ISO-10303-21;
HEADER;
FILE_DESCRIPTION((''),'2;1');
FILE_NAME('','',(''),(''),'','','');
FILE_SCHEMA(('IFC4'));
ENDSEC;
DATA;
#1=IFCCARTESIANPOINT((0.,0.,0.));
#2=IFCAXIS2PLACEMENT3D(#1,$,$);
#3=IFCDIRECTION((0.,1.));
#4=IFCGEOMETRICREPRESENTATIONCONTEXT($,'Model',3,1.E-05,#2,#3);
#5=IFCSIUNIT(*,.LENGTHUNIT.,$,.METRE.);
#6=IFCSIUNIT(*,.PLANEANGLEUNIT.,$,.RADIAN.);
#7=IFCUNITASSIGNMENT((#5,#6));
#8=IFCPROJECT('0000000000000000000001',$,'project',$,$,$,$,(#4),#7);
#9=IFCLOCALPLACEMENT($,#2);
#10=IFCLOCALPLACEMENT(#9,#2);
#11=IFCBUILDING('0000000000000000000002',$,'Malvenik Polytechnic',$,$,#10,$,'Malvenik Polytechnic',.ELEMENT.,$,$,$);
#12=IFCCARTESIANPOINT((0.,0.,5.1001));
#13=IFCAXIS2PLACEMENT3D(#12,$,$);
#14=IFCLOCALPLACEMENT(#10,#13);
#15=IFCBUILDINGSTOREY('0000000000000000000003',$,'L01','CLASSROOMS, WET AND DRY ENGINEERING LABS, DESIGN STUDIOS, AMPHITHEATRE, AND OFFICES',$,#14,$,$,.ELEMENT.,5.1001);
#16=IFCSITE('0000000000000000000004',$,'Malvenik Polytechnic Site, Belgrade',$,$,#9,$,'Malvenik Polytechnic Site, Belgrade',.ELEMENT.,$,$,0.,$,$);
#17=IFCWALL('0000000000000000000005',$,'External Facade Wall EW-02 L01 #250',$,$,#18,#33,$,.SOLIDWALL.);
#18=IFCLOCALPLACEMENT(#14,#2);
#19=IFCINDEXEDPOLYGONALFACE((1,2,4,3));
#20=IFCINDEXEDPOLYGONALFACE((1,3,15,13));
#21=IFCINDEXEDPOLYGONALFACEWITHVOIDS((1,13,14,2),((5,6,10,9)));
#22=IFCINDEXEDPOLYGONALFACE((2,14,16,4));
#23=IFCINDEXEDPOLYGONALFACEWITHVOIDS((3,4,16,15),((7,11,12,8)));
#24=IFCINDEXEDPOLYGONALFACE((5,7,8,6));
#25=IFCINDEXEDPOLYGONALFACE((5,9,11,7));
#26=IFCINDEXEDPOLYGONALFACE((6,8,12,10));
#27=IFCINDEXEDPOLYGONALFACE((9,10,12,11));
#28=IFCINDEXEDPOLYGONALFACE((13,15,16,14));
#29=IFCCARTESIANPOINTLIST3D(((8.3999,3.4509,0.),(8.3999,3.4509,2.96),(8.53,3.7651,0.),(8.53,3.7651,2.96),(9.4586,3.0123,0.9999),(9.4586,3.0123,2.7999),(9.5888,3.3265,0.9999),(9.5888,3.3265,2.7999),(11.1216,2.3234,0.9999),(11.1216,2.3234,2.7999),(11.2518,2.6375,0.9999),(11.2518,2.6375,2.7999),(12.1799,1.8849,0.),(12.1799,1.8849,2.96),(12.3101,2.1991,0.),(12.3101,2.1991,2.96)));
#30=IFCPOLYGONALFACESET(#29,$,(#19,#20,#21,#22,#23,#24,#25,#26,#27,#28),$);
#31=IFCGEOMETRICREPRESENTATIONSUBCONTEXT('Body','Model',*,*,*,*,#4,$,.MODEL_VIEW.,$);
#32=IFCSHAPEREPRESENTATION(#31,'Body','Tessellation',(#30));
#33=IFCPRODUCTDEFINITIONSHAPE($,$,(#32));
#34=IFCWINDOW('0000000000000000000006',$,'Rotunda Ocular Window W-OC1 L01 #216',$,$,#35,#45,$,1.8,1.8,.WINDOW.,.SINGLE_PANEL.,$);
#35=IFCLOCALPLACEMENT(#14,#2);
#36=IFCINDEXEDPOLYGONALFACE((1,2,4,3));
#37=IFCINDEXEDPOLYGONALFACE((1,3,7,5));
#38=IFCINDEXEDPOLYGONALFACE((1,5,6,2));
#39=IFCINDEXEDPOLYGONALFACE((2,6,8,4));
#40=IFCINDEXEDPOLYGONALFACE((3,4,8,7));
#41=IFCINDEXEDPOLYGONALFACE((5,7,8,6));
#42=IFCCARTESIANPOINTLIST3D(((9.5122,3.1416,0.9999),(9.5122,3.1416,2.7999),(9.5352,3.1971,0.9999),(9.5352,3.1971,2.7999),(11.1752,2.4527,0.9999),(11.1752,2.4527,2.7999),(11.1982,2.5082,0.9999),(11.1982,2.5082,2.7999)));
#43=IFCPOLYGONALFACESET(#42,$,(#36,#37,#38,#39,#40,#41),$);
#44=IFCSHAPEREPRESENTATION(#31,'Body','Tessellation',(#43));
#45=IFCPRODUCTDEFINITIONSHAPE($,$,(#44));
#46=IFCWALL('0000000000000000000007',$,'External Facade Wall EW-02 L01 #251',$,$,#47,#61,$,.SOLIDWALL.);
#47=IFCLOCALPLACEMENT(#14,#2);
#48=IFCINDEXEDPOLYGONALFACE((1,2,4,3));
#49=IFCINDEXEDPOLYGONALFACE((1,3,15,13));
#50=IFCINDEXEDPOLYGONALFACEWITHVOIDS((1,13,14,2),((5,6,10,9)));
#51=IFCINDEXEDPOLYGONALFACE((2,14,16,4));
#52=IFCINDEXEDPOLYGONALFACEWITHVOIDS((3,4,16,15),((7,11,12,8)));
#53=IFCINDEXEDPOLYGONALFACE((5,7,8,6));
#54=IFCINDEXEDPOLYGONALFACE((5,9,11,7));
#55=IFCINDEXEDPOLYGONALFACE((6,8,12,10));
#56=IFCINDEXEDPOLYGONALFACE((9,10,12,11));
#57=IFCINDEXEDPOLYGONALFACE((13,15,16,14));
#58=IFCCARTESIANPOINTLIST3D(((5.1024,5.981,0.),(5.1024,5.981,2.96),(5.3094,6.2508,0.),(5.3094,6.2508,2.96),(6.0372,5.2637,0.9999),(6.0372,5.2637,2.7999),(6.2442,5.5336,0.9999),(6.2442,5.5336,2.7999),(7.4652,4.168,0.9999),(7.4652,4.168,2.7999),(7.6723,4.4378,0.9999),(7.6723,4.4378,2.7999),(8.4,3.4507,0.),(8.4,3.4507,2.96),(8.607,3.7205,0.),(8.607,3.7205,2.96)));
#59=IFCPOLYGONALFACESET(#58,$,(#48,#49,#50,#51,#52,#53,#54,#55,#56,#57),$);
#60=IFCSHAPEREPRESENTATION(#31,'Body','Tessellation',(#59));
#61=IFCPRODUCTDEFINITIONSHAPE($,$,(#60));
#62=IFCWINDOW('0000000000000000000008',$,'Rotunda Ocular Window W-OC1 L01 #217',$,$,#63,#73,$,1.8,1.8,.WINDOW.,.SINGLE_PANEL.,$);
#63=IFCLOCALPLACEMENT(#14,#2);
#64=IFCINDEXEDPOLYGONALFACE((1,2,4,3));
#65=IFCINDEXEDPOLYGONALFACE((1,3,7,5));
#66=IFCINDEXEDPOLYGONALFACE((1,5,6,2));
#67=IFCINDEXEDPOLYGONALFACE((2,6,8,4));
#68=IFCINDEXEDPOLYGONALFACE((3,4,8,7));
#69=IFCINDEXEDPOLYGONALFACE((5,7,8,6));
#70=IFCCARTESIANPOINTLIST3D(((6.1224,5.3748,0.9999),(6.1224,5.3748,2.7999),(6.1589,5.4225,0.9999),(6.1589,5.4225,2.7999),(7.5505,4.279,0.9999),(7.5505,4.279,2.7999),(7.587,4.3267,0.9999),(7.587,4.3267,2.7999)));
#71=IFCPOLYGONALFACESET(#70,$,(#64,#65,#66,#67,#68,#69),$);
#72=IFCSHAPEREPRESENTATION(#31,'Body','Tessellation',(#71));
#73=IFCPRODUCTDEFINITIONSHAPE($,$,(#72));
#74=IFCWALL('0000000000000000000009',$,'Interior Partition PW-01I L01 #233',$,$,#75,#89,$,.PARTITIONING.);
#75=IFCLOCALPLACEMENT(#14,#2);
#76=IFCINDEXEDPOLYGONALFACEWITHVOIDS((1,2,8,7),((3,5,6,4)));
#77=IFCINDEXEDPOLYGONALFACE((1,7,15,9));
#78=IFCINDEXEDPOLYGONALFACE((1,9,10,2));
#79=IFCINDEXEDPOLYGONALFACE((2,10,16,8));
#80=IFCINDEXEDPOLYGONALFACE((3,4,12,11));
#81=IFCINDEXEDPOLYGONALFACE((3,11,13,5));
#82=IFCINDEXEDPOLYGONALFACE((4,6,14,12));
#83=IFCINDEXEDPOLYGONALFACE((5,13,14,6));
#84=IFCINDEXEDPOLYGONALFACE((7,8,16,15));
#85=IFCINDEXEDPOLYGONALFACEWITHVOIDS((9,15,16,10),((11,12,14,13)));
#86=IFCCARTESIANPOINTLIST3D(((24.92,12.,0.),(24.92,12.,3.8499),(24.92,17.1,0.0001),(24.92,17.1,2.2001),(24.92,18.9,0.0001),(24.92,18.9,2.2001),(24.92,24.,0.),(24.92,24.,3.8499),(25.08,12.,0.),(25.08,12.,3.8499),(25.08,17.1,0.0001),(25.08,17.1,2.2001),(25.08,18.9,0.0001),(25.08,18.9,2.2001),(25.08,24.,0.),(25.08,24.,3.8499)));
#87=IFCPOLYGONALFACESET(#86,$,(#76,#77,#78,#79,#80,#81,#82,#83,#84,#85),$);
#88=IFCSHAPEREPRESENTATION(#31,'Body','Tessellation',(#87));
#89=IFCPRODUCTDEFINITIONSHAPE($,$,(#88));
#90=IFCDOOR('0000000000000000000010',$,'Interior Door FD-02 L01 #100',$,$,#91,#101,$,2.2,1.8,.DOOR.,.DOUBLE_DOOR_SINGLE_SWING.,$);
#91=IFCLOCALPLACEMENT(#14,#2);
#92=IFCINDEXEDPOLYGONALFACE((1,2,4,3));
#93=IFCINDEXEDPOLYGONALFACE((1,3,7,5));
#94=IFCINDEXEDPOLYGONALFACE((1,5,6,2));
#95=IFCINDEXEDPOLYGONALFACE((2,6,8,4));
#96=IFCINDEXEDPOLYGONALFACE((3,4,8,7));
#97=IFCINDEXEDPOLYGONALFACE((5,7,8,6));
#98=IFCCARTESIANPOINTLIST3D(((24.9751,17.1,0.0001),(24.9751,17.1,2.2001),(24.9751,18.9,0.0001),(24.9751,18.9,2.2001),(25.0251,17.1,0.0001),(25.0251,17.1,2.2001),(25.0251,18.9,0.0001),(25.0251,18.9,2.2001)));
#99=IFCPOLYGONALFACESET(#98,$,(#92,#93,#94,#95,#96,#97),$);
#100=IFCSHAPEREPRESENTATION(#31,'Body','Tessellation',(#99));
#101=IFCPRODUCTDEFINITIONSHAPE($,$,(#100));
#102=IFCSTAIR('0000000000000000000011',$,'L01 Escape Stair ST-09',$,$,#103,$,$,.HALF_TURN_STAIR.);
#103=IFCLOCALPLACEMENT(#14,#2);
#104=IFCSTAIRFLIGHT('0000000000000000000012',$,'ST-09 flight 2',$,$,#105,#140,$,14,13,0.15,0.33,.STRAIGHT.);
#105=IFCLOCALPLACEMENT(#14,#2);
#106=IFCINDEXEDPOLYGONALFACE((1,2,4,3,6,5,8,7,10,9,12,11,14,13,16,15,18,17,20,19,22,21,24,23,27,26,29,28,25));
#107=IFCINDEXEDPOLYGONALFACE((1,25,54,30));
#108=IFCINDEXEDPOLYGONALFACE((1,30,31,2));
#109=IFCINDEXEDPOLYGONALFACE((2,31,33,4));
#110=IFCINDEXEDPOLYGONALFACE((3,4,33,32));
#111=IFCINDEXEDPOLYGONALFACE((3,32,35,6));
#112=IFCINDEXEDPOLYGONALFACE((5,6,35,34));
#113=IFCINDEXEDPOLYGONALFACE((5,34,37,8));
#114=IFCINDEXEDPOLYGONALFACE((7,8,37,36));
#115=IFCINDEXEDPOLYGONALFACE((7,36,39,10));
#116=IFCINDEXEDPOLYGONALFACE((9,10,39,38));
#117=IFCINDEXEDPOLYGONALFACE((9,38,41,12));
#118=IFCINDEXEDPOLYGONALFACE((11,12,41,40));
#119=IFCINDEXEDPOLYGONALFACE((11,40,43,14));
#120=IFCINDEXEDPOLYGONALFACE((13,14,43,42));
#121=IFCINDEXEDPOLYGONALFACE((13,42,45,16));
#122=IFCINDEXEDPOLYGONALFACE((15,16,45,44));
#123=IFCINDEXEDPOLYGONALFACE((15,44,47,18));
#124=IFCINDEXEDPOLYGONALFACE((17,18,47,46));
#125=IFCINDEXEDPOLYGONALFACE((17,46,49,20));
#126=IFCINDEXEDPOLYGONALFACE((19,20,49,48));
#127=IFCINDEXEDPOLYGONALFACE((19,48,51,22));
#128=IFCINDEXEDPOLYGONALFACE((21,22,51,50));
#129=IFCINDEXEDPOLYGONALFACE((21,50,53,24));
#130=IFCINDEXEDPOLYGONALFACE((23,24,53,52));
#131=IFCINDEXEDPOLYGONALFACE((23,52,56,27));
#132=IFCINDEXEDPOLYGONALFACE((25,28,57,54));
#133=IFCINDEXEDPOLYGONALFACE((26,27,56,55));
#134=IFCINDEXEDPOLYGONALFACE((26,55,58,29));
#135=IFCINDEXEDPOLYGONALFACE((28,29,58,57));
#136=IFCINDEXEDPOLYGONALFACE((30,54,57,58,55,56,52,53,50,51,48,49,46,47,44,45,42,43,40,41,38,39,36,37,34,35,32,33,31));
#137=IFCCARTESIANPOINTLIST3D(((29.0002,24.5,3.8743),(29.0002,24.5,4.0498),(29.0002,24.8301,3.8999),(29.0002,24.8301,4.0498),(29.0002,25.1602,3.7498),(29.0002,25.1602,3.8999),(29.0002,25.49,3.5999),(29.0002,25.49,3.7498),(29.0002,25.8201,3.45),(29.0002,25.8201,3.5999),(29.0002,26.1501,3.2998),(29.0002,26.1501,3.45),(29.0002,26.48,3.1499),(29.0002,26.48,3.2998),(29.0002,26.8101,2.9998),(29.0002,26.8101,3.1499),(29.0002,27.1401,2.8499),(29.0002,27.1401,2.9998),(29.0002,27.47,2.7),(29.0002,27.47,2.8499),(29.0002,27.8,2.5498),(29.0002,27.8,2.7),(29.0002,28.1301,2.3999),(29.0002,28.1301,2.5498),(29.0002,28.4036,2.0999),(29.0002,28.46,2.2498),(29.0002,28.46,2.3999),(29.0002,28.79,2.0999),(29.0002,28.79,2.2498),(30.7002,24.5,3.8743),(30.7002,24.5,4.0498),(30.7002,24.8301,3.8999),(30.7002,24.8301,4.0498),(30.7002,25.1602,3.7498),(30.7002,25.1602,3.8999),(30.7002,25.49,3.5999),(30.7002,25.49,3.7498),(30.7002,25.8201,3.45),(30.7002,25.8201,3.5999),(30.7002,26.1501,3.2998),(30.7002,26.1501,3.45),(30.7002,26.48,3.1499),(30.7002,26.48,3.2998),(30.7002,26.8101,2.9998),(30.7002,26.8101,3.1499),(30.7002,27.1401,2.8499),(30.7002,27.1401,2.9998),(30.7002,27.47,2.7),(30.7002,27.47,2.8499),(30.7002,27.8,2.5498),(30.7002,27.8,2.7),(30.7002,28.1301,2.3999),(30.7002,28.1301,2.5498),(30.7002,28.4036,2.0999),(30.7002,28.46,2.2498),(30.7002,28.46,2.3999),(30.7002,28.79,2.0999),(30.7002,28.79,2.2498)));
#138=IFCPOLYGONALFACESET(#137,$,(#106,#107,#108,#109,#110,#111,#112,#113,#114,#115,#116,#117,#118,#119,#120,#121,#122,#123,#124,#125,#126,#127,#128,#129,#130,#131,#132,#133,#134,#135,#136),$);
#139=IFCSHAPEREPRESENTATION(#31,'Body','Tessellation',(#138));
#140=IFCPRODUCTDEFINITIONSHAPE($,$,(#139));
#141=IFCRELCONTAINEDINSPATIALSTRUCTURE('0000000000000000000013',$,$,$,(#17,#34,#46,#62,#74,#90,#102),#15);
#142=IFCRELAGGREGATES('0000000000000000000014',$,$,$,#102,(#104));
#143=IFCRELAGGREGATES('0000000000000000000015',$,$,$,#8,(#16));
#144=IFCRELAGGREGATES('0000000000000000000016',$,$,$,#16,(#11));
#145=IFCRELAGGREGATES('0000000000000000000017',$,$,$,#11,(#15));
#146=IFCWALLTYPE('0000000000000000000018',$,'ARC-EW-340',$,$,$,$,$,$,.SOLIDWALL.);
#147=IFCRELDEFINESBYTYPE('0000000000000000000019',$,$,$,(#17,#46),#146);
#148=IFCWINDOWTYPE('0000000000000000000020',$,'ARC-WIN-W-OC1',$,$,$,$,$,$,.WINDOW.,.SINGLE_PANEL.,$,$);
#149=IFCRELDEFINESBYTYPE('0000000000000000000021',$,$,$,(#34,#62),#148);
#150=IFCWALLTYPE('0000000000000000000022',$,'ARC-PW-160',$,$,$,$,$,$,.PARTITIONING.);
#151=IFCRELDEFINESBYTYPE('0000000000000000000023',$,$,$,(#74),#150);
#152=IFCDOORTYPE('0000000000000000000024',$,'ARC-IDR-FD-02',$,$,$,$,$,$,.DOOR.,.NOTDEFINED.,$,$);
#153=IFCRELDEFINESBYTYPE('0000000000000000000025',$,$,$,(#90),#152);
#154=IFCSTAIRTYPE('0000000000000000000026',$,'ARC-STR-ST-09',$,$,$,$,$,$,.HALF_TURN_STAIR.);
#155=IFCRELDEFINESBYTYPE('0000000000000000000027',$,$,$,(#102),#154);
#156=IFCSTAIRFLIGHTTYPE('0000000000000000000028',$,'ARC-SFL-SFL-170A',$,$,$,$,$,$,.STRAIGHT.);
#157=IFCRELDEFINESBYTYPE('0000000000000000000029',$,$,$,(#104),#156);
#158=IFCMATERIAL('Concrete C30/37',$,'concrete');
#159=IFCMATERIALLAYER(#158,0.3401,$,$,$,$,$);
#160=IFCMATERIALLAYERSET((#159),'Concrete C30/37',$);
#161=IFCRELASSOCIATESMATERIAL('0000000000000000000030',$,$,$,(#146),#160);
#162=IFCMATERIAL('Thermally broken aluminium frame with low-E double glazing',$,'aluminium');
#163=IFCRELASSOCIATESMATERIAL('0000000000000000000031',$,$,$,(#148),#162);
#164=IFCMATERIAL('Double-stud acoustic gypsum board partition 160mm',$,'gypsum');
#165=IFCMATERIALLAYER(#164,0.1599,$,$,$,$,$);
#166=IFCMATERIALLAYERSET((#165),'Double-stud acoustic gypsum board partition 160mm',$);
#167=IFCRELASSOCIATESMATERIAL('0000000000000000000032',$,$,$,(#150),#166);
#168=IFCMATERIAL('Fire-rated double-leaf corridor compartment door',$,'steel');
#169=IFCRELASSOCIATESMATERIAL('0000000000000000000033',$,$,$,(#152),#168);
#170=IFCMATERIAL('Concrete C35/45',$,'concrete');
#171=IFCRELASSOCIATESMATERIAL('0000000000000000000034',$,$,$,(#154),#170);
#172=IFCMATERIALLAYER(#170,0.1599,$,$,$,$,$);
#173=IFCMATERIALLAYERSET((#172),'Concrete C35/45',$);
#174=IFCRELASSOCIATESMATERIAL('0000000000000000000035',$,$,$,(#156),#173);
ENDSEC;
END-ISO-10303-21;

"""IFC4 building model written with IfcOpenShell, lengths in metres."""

from ifc_helpers import new_model, si_unit, direction, frame, frame_2d, origin, place, context, subcontext, project, spatial, polyline, rectangle, outline, extrude, material, layer, layer_set, type_object, element, fill, aggregate, save


model = new_model("IFC4")

# Units and contexts
model_context = context("Model", 3, precision=1e-05, world=origin(), true_north=direction((0.0, 1.0)))
body_context = subcontext(model_context, "Body", "Model", "MODEL_VIEW")
ifc_project = project(units=[si_unit("LENGTHUNIT", "METRE"), si_unit("PLANEANGLEUNIT", "RADIAN")], contexts=[model_context])

# Site, building, storey
site_placement = place(None, origin())
site = spatial("IfcSite", under=ifc_project, at=site_placement, Name="Malvenik Polytechnic Site, Belgrade", LongName="Malvenik Polytechnic Site, Belgrade", CompositionType="ELEMENT", RefElevation=0.0)
building_placement = place(site_placement, origin())
building = spatial("IfcBuilding", under=site, at=building_placement, Name="Malvenik Polytechnic", LongName="Malvenik Polytechnic", CompositionType="ELEMENT")
storey_placement = place(building_placement, frame((0.0, 0.0, 5.1001)))
storey = spatial("IfcBuildingStorey", under=building, at=storey_placement, Name="L01", Description="CLASSROOMS, WET AND DRY ENGINEERING LABS, DESIGN STUDIOS, AMPHITHEATRE, AND OFFICES", CompositionType="ELEMENT", Elevation=5.1001)

# Shared definitions
ifc_material_1 = material(Name="Concrete C35/45", Category="concrete")

# Walls, openings, windows
ifc_material_2 = material(Name="Concrete C30/37", Category="concrete")
ifc_layer_1 = layer(ifc_material_2, 0.3401)
ifc_layer_set_1 = layer_set([ifc_layer_1], Name="Concrete C30/37")
wall_type_1 = type_object("IfcWallType", Name="ARC-EW-340", PredefinedType="SOLIDWALL", material=ifc_layer_set_1)
ifc_material_3 = material(Name="Thermally broken aluminium frame with low-E double glazing", Category="aluminium")
window_type = type_object("IfcWindowType", Name="ARC-WIN-W-OC1", PartitioningType="SINGLE_PANEL", PredefinedType="WINDOW", material=ifc_material_3)
wall_1_placement = place(storey_placement, frame((12.2451, 2.042, 0.0), z_axis=(0.0, 0.0, 1.0), x_axis=(-0.923864, 0.382721, 0.0)))
wall_1 = element("IfcWall", 1, at=wall_1_placement, inside=storey, type_object=wall_type_1, Name="External Facade Wall EW-02 L01 #250", PredefinedType="SOLIDWALL", context=body_context, shape_type="SweptSolid", body=[
    extrude(rectangle(XDim=4.0916, YDim=0.3401, at=frame_2d((2.0459, 0.0))), origin(), (0.0, 0.0, 1.0), 2.96),
])
opening_1_placement = place(wall_1_placement, frame((1.1458, 0.0, 1.0)))
opening_1 = element("IfcOpeningElement", 2, at=opening_1_placement, cuts=wall_1, PredefinedType="OPENING", context=body_context, shape_type="SweptSolid", body=[
    extrude(rectangle(XDim=1.8, YDim=1.8, at=frame_2d((0.8999, 0.8999))), frame((0.0, 0.1802, 0.0), z_axis=(0.0, -1.0, 0.0), x_axis=(1.0, 0.0, 0.0)), (0.0, 0.0, 1.0), 0.3601),
])
window_1_placement = place(opening_1_placement, origin())
window_1 = element("IfcWindow", 3, at=window_1_placement, inside=storey, type_object=window_type, Name="Rotunda Ocular Window W-OC1 L01 #216", OverallHeight=1.8, OverallWidth=1.8, PartitioningType="SINGLE_PANEL", PredefinedType="WINDOW", context=body_context, shape_type="SweptSolid", body=[
    extrude(rectangle(XDim=1.8, YDim=1.8, at=frame_2d((0.8999, 0.8999))), frame((0.0, 0.03, 0.0), z_axis=(0.0, -1.0, 0.0), x_axis=(1.0, 0.0, 0.0)), (0.0, 0.0, 1.0), 0.0601),
])
fill(opening_1, window_1)
wall_2_placement = place(storey_placement, frame((8.5034, 3.5857, 0.0), z_axis=(0.0, 0.0, 1.0), x_axis=(-0.793361, 0.608751, 0.0)))
wall_2 = element("IfcWall", 4, at=wall_2_placement, inside=storey, type_object=wall_type_1, Name="External Facade Wall EW-02 L01 #251", PredefinedType="SOLIDWALL", context=body_context, shape_type="SweptSolid", body=[
    extrude(rectangle(XDim=4.1565, YDim=0.3401, at=frame_2d((2.0781, 0.0))), origin(), (0.0, 0.0, 1.0), 2.96),
])
opening_2_placement = place(wall_2_placement, frame((1.1782, 0.0, 1.0)))
opening_2 = element("IfcOpeningElement", 5, at=opening_2_placement, cuts=wall_2, PredefinedType="OPENING", context=body_context, shape_type="SweptSolid", body=[
    extrude(rectangle(XDim=1.8, YDim=1.8, at=frame_2d((0.8999, 0.8999))), frame((0.0, 0.1802, 0.0), z_axis=(0.0, -1.0, 0.0), x_axis=(1.0, 0.0, 0.0)), (0.0, 0.0, 1.0), 0.3601),
])
window_2_placement = place(opening_2_placement, origin())
window_2 = element("IfcWindow", 6, at=window_2_placement, inside=storey, type_object=window_type, Name="Rotunda Ocular Window W-OC1 L01 #217", OverallHeight=1.8, OverallWidth=1.8, PartitioningType="SINGLE_PANEL", PredefinedType="WINDOW", context=body_context, shape_type="SweptSolid", body=[
    extrude(rectangle(XDim=1.8, YDim=1.8, at=frame_2d((0.8999, 0.8999))), frame((0.0, 0.03, 0.0), z_axis=(0.0, -1.0, 0.0), x_axis=(1.0, 0.0, 0.0)), (0.0, 0.0, 1.0), 0.0601),
])
fill(opening_2, window_2)

# Wall, opening, door
ifc_material_4 = material(Name="Double-stud acoustic gypsum board partition 160mm", Category="gypsum")
ifc_layer_2 = layer(ifc_material_4, 0.1599)
ifc_layer_set_2 = layer_set([ifc_layer_2], Name="Double-stud acoustic gypsum board partition 160mm")
wall_type_2 = type_object("IfcWallType", Name="ARC-PW-160", PredefinedType="PARTITIONING", material=ifc_layer_set_2)
wall_3_placement = place(storey_placement, frame((25.0, 12.0, 0.0), z_axis=(0.0, 0.0, 1.0), x_axis=(0.0, 1.0, 0.0)))
wall_3 = element("IfcWall", 7, at=wall_3_placement, inside=storey, type_object=wall_type_2, Name="Interior Partition PW-01I L01 #233", PredefinedType="PARTITIONING", context=body_context, shape_type="SweptSolid", body=[
    extrude(rectangle(XDim=12.0, YDim=0.1599, at=frame_2d((6.0, 0.0))), origin(), (0.0, 0.0, 1.0), 3.8499),
])
opening_3_placement = place(wall_3_placement, frame((5.1001, 0.0, 0.0)))
opening_3 = element("IfcOpeningElement", 8, at=opening_3_placement, cuts=wall_3, PredefinedType="OPENING", context=body_context, shape_type="SweptSolid", body=[
    extrude(rectangle(XDim=1.8, YDim=2.2, at=frame_2d((0.8999, 1.1001))), frame((0.0, 0.0898, 0.0), z_axis=(0.0, -1.0, 0.0), x_axis=(1.0, 0.0, 0.0)), (0.0, 0.0, 1.0), 0.1799),
])
ifc_material_5 = material(Name="Fire-rated double-leaf corridor compartment door", Category="steel")
door_type_1 = type_object("IfcDoorType", Name="ARC-IDR-FD-02", OperationType="NOTDEFINED", PredefinedType="DOOR", material=ifc_material_5)
door_1_placement = place(opening_3_placement, origin())
door_1 = element("IfcDoor", 9, at=door_1_placement, inside=storey, type_object=door_type_1, Name="Interior Door FD-02 L01 #100", OperationType="DOUBLE_DOOR_SINGLE_SWING", OverallHeight=2.2, OverallWidth=1.8, PredefinedType="DOOR", context=body_context, shape_type="SweptSolid", body=[
    extrude(rectangle(XDim=1.8, YDim=2.2, at=frame_2d((0.8999, 1.1001))), frame((0.0, 0.0249, 0.0), z_axis=(0.0, -1.0, 0.0), x_axis=(1.0, 0.0, 0.0)), (0.0, 0.0, 1.0), 0.05),
])
fill(opening_3, door_1)

# Stair, stair flight
stair_type = type_object("IfcStairType", Name="ARC-STR-ST-09", PredefinedType="HALF_TURN_STAIR", material=ifc_material_1)
stair_placement = place(storey_placement, origin())
stair = element("IfcStair", 10, at=stair_placement, inside=storey, type_object=stair_type, Name="L01 Escape Stair ST-09", PredefinedType="HALF_TURN_STAIR")
ifc_layer_3 = layer(ifc_material_1, 0.1599)
ifc_layer_set_3 = layer_set([ifc_layer_3], Name="Concrete C35/45")
stair_flight_type = type_object("IfcStairFlightType", Name="ARC-SFL-SFL-170A", PredefinedType="STRAIGHT", material=ifc_layer_set_3)
stair_flight_placement = place(storey_placement, frame((29.8501, 28.79, 2.0999), z_axis=(0.0, 0.0, 1.0), x_axis=(0.0, -1.0, 0.0)))
stair_flight = element("IfcStairFlight", 11, at=stair_flight_placement, type_object=stair_flight_type, Name="ST-09 flight 2", NumberOfRisers=14, NumberOfTreads=13, PredefinedType="STRAIGHT", RiserHeight=0.15, TreadLength=0.33, context=body_context, shape_type="SweptSolid", body=[
    extrude(outline(polyline([(0.0, 0.0), (0.0, 0.1499), (0.3301, 0.1499), (0.3301, 0.3), (0.6599, 0.3), (0.6599, 0.45), (0.99, 0.45), (0.99, 0.6001), (1.3201, 0.6001), (1.3201, 0.75), (1.6499, 0.75), (1.6499, 0.8999), (1.98, 0.8999), (1.98, 1.05), (2.3101, 1.05), (2.3101, 1.2), (2.6399, 1.2), (2.6399, 1.3501), (2.97, 1.3501), (2.97, 1.5), (3.3, 1.5), (3.3, 1.6499), (3.6299, 1.6499), (3.6299, 1.8), (3.96, 1.8), (3.96, 1.95), (4.29, 1.95), (4.29, 2.1001), (4.29, 1.7744), (0.3865, 0.0), (0.0, 0.0)])), frame((0.0, 0.8501, 0.0), z_axis=(0.0, -1.0, 0.0), x_axis=(1.0, 0.0, 0.0)), (0.0, 0.0, 1.0), 1.7),
])
aggregate(stair, [stair_flight])

save(model, "model.ifc")
